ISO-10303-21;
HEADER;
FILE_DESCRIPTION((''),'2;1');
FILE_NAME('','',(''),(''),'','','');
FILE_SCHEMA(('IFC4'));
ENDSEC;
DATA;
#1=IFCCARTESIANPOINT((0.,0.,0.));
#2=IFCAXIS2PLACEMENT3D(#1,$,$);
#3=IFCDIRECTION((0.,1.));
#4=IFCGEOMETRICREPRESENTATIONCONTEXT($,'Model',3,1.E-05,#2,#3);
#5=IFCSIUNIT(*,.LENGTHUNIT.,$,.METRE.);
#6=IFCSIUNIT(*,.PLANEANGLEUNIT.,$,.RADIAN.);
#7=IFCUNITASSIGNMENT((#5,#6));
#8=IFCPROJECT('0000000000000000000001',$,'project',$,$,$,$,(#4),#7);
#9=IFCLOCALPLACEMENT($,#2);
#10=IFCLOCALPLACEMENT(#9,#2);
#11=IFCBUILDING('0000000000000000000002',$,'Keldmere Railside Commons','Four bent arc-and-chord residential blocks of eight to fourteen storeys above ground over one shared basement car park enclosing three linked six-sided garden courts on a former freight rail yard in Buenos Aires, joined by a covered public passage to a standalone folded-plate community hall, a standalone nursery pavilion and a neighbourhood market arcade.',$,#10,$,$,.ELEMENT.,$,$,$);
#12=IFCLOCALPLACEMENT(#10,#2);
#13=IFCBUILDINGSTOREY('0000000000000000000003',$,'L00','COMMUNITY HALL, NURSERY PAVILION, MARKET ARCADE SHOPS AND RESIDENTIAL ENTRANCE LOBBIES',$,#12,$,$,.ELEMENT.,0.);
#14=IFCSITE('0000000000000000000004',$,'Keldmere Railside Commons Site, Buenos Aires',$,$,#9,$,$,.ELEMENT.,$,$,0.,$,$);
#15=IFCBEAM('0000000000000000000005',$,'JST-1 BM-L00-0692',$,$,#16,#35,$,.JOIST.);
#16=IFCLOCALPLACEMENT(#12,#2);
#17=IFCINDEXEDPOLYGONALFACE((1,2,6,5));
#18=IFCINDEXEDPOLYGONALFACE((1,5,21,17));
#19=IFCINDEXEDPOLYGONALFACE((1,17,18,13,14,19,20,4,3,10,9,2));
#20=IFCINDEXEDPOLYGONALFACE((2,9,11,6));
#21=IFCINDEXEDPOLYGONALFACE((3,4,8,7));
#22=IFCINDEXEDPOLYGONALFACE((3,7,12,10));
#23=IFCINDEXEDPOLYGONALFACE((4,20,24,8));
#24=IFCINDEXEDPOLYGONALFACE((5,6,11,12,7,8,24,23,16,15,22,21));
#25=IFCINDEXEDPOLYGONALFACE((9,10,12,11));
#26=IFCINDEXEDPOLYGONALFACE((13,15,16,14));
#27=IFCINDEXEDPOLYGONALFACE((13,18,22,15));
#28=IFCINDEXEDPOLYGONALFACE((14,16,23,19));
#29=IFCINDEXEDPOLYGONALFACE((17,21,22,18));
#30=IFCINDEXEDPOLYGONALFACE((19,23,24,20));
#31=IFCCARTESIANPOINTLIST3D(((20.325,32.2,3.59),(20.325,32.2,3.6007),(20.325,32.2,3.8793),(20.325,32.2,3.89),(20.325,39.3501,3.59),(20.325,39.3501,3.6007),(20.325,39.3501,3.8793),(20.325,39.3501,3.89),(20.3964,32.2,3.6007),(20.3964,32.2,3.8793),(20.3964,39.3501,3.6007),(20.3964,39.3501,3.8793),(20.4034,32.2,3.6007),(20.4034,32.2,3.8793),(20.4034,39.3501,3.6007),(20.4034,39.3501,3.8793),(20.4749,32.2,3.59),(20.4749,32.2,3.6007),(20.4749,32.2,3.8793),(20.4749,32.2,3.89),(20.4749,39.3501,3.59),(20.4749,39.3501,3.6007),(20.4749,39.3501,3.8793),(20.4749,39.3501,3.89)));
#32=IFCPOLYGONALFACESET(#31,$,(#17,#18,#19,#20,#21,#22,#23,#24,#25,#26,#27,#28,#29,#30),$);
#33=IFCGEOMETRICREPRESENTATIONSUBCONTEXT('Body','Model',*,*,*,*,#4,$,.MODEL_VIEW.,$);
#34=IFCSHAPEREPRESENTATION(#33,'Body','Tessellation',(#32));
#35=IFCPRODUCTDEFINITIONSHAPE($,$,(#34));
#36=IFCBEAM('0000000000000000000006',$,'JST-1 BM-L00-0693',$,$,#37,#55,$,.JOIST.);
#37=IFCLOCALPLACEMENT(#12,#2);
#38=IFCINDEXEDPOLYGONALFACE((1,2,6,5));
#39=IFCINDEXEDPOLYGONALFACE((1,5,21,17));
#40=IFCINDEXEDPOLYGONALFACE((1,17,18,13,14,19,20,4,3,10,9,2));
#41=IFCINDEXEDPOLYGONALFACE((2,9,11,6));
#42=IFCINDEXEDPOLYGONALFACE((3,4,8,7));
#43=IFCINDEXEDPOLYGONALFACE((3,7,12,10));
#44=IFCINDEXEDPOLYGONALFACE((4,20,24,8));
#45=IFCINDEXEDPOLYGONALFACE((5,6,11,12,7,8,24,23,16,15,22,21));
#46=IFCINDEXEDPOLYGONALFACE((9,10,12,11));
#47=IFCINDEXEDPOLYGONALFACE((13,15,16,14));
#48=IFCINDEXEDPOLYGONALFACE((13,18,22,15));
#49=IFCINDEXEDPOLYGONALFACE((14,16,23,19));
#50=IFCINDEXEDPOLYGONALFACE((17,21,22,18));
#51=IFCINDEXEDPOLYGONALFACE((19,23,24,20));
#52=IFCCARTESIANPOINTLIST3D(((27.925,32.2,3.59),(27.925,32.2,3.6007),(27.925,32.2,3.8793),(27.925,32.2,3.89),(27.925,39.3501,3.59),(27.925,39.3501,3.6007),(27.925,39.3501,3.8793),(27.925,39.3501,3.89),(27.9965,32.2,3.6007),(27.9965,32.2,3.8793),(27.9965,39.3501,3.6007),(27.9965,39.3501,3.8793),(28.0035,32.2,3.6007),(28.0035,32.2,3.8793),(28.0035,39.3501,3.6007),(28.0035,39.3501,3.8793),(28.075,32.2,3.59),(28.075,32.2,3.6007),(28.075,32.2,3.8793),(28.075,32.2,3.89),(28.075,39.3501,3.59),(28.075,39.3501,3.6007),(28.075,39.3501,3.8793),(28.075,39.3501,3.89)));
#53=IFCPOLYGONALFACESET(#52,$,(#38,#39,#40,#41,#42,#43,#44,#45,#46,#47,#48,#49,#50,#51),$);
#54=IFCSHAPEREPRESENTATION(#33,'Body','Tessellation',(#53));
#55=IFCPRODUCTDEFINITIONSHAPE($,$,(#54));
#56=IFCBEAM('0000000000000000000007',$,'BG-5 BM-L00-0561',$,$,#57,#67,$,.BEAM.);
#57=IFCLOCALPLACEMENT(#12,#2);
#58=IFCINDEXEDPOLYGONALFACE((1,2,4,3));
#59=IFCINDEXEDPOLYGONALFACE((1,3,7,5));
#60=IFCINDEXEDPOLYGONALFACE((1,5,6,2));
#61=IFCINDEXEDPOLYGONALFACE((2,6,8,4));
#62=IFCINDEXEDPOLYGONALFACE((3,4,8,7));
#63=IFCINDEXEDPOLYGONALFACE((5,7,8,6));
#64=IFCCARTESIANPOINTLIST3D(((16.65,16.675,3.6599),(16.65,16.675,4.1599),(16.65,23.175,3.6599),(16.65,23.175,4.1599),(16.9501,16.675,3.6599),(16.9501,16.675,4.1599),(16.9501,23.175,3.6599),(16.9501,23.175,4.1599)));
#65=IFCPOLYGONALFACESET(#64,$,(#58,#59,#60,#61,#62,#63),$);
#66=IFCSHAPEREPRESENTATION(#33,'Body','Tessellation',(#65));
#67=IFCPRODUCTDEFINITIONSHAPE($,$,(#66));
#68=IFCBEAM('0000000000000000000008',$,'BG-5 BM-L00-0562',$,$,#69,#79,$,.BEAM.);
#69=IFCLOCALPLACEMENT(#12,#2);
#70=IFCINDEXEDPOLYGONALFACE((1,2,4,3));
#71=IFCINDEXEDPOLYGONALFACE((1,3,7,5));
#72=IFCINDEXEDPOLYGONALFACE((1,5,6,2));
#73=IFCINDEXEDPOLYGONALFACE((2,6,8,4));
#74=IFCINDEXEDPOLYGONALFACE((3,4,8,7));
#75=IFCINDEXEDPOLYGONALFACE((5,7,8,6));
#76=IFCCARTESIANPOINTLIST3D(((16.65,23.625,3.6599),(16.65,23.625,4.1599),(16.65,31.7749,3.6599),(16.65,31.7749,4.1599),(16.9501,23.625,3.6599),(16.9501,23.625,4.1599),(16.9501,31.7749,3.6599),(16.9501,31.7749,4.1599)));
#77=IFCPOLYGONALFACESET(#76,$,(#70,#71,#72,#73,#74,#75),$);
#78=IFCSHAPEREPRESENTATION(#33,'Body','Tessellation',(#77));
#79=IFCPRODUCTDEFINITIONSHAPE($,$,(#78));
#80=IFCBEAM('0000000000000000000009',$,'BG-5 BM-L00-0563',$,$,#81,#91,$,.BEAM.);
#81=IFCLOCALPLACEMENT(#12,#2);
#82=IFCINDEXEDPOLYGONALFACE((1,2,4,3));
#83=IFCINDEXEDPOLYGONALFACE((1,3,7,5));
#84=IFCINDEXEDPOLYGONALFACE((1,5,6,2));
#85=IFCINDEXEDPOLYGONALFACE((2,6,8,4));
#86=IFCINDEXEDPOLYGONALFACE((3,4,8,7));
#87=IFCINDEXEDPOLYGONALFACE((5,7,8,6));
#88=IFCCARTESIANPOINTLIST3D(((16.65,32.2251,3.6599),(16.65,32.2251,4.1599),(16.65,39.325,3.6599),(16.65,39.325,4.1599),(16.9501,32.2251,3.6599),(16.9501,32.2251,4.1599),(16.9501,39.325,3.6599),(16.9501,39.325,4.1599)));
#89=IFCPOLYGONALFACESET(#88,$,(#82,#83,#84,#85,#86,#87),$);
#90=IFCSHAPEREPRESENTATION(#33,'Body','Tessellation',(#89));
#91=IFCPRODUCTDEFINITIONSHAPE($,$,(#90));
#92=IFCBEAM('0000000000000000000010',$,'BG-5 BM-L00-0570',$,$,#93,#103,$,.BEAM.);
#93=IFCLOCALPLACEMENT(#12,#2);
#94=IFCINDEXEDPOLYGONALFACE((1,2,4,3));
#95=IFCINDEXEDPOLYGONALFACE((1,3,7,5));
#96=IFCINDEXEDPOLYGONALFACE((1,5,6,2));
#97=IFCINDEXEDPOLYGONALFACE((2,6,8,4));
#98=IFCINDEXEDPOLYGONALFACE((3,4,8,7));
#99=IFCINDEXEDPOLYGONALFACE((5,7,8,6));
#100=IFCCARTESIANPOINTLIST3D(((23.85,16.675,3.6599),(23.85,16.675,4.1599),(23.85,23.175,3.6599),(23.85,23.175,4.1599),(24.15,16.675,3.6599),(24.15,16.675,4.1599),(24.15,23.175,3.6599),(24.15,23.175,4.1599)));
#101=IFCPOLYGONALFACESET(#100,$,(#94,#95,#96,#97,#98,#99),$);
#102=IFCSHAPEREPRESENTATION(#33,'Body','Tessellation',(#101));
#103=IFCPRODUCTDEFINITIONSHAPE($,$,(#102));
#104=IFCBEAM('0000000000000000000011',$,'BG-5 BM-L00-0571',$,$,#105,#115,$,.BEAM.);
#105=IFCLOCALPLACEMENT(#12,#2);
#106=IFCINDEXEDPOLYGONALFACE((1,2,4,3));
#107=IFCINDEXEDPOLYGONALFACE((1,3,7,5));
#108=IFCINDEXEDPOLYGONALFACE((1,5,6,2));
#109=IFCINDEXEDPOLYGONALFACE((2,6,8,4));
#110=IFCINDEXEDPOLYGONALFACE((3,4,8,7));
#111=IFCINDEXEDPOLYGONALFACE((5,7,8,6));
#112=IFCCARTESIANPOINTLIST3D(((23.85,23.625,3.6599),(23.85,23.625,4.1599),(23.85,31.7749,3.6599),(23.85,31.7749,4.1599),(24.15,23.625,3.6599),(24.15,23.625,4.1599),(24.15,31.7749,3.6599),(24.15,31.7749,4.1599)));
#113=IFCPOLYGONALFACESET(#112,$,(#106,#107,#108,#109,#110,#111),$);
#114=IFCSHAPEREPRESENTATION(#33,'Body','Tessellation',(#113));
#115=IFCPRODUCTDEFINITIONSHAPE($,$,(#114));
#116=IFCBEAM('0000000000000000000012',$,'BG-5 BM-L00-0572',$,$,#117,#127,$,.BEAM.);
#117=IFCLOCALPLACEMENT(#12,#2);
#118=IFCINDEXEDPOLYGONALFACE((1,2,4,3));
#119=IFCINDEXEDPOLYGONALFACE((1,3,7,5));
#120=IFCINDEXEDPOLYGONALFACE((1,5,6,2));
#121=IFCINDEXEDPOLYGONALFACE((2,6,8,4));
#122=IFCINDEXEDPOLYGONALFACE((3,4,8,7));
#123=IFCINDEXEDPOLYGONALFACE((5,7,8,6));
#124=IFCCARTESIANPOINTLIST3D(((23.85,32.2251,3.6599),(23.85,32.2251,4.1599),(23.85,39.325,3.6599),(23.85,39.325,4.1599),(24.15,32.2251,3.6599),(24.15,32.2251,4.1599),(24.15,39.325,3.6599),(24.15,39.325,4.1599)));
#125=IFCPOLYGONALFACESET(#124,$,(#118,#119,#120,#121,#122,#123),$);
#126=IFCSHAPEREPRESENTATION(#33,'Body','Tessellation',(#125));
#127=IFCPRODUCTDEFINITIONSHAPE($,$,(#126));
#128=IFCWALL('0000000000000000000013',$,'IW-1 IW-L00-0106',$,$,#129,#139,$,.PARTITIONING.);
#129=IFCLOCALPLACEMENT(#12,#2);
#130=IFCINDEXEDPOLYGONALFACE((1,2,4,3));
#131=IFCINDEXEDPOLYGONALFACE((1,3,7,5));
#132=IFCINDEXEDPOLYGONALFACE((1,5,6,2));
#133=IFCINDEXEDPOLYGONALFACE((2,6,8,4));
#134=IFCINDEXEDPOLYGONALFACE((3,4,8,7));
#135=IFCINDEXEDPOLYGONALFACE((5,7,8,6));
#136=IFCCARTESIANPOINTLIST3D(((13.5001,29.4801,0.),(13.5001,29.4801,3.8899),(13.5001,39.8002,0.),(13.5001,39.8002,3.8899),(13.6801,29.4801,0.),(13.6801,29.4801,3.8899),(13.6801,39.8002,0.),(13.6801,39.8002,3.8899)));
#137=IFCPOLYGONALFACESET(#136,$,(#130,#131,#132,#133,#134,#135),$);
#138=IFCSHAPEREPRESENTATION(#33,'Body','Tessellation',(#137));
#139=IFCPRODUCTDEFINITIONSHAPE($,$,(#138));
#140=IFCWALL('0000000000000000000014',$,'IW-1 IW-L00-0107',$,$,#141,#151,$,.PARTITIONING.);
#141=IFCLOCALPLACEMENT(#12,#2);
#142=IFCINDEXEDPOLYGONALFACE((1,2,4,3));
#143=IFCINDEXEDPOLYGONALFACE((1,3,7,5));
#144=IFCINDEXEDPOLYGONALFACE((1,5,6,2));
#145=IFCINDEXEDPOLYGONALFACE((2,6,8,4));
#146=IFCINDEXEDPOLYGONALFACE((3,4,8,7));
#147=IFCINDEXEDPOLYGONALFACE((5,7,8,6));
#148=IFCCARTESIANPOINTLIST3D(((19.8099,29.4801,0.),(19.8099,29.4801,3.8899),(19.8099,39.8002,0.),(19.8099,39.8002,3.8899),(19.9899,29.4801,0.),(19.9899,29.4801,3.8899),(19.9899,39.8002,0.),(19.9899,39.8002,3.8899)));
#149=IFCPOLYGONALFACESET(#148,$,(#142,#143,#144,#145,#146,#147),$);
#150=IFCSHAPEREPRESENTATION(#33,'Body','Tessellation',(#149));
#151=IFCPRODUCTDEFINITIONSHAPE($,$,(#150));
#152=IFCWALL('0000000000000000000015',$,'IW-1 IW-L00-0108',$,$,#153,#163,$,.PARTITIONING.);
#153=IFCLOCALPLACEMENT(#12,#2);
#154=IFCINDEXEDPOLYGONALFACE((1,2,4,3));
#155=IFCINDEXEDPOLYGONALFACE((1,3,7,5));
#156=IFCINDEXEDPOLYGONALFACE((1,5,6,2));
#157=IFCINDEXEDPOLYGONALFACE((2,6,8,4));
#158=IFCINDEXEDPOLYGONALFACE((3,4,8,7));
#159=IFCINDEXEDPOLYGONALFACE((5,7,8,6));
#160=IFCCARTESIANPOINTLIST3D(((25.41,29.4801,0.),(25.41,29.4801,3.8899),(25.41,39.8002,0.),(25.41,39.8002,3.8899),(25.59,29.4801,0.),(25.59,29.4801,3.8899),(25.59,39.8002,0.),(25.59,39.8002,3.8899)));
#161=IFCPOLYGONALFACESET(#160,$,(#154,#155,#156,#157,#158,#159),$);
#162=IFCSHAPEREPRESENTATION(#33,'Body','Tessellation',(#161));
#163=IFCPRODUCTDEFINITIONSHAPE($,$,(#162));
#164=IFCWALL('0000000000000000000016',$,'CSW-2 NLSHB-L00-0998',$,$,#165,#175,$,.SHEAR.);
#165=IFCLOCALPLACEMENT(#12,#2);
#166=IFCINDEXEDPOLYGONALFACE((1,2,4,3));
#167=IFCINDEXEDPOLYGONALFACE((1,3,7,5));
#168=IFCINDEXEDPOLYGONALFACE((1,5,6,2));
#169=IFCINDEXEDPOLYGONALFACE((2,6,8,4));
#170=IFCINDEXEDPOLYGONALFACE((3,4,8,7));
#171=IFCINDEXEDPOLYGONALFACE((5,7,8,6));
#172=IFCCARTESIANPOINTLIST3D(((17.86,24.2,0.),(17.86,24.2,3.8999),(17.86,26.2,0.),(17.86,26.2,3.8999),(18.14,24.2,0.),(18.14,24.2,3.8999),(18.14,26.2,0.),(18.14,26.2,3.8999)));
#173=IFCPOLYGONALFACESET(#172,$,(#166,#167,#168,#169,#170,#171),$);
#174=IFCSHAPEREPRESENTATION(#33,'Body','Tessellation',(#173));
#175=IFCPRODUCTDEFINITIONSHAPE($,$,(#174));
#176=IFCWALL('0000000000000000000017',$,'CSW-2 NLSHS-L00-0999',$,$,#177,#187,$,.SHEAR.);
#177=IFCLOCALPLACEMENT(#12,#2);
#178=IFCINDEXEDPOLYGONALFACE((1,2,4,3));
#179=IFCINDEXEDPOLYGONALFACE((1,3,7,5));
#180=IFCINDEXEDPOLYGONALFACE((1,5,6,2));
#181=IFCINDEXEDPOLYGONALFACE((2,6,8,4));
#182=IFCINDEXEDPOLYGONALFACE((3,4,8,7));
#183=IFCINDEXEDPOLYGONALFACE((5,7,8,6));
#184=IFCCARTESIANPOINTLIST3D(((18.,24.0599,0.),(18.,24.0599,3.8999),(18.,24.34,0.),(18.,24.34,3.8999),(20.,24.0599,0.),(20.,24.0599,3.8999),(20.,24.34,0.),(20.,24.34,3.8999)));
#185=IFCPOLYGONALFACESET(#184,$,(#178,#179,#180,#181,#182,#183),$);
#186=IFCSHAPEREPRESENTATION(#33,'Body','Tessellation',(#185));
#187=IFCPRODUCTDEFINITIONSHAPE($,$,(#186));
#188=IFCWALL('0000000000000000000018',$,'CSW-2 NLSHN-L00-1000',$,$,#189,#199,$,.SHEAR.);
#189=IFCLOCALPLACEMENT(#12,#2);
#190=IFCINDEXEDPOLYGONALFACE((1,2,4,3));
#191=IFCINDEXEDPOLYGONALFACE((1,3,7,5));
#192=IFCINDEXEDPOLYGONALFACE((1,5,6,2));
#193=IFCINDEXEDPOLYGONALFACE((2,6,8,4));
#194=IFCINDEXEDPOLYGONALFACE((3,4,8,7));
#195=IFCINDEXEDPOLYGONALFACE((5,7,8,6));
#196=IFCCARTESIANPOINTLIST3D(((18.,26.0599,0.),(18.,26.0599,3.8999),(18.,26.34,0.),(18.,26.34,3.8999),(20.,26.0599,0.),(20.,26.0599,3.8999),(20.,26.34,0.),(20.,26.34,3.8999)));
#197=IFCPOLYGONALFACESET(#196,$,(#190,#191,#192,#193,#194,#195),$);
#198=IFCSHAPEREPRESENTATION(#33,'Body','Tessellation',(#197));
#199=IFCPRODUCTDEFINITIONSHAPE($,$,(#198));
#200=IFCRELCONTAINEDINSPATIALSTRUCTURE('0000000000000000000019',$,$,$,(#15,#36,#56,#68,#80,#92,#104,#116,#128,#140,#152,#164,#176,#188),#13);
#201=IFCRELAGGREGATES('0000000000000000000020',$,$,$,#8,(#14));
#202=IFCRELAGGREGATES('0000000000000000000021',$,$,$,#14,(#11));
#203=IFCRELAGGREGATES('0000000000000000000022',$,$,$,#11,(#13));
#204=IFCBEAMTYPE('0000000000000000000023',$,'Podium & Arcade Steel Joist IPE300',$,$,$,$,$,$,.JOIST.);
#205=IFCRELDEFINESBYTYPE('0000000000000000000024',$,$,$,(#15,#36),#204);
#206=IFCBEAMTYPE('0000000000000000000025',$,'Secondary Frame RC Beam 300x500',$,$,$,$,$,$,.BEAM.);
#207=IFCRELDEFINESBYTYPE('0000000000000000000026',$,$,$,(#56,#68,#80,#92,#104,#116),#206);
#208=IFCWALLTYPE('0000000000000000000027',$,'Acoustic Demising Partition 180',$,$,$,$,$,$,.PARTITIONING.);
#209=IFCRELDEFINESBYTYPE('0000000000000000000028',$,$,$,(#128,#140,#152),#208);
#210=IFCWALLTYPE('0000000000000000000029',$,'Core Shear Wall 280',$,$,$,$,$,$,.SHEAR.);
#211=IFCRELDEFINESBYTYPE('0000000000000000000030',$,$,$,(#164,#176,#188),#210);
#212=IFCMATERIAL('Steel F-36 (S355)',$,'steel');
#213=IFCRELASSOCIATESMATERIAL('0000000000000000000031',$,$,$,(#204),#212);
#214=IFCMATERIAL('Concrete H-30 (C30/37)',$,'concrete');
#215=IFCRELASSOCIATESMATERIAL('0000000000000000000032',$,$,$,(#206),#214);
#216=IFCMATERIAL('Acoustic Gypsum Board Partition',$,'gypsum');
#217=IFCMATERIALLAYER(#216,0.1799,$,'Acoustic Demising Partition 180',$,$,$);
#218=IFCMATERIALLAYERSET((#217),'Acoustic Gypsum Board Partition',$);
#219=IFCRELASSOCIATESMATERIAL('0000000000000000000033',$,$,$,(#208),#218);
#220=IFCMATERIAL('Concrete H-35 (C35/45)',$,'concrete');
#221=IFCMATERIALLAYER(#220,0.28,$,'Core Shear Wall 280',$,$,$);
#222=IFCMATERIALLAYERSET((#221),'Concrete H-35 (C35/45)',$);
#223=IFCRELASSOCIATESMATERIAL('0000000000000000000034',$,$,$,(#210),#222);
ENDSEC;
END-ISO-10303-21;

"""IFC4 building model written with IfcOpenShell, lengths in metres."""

from ifc_helpers import new_model, si_unit, direction, frame, frame_2d, origin, origin_2d, place, context, subcontext, project, spatial, rectangle, i_section, extrude, material, layer, layer_set, material_profile, profile_set, type_object, element, save


model = new_model("IFC4")

# Units and contexts
model_context = context("Model", 3, precision=1e-05, world=origin(), true_north=direction((0.0, 1.0)))
body_context = subcontext(model_context, "Body", "Model", "MODEL_VIEW")
ifc_project = project(units=[si_unit("LENGTHUNIT", "METRE"), si_unit("PLANEANGLEUNIT", "RADIAN")], contexts=[model_context])

# Site, building, storey
site_placement = place(None, origin())
site = spatial("IfcSite", under=ifc_project, at=site_placement, Name="Keldmere Railside Commons Site, Buenos Aires", CompositionType="ELEMENT", RefElevation=0.0)
building_placement = place(site_placement, origin())
building = spatial("IfcBuilding", under=site, at=building_placement, Name="Keldmere Railside Commons", Description="Four bent arc-and-chord residential blocks of eight to fourteen storeys above ground over one shared basement car park enclosing three linked six-sided garden courts on a former freight rail yard in Buenos Aires, joined by a covered public passage to a standalone folded-plate community hall, a standalone nursery pavilion and a neighbourhood market arcade.", CompositionType="ELEMENT")
storey_placement = place(building_placement, origin())
storey = spatial("IfcBuildingStorey", under=building, at=storey_placement, Name="L00", Description="COMMUNITY HALL, NURSERY PAVILION, MARKET ARCADE SHOPS AND RESIDENTIAL ENTRANCE LOBBIES", CompositionType="ELEMENT", Elevation=0.0)

# Shared definitions
ifc_material_1 = material(Name="Concrete H-35 (C35/45)", Category="concrete")

# Beams
ifc_material_2 = material(Name="Steel F-36 (S355)", Category="steel")
ifc_material_profile_1 = material_profile(ifc_material_2, i_section(OverallWidth=0.1499, OverallDepth=0.3, WebThickness=0.0071, FlangeThickness=0.0107, at=origin_2d()), Name="IPE-300")
ifc_profile_set_1 = profile_set([ifc_material_profile_1], Name="Steel F-36 (S355)")
beam_type_1 = type_object("IfcBeamType", Name="Podium & Arcade Steel Joist IPE300", PredefinedType="JOIST", material=ifc_profile_set_1)
for number, where, z_axis, x_axis, name in (
    (1, (20.3999, 32.2, 3.74), (0.0, 1.0, 0.0), (-1.0, 0.0, 0.0), "JST-1 BM-L00-0692"),
    (2, (28.0, 32.2, 3.74), (0.0, 1.0, 0.0), (-1.0, 0.0, 0.0), "JST-1 BM-L00-0693"),
):
    element("IfcBeam", number, at=place(storey_placement, frame(where, z_axis=z_axis, x_axis=x_axis)), inside=storey, type_object=beam_type_1, Name=name, PredefinedType="JOIST", context=body_context, shape_type="SweptSolid", body=[
        extrude(i_section(OverallWidth=0.1499, OverallDepth=0.3, WebThickness=0.0071, FlangeThickness=0.0107, at=origin_2d()), origin(), (0.0, 0.0, 1.0), 7.1501),
    ])
ifc_material_3 = material(Name="Concrete H-30 (C30/37)", Category="concrete")
ifc_material_profile_2 = material_profile(ifc_material_3, rectangle(XDim=0.3, YDim=0.5, at=origin_2d()), Name="RC-300x500")
ifc_profile_set_2 = profile_set([ifc_material_profile_2], Name="Concrete H-30 (C30/37)")
beam_type_2 = type_object("IfcBeamType", Name="Secondary Frame RC Beam 300x500", PredefinedType="BEAM", material=ifc_profile_set_2)
beam_1_placement = place(storey_placement, frame((16.8, 16.675, 3.9099), z_axis=(0.0, 1.0, 0.0), x_axis=(-1.0, 0.0, 0.0)))
element("IfcBeam", 3, at=beam_1_placement, inside=storey, type_object=beam_type_2, Name="BG-5 BM-L00-0561", PredefinedType="BEAM", context=body_context, shape_type="SweptSolid", body=[
    extrude(rectangle(XDim=0.3, YDim=0.5, at=origin_2d()), origin(), (0.0, 0.0, 1.0), 6.5),
])
beam_2_placement = place(storey_placement, frame((16.8, 23.625, 3.9099), z_axis=(0.0, 1.0, 0.0), x_axis=(-1.0, 0.0, 0.0)))
element("IfcBeam", 4, at=beam_2_placement, inside=storey, type_object=beam_type_2, Name="BG-5 BM-L00-0562", PredefinedType="BEAM", context=body_context, shape_type="SweptSolid", body=[
    extrude(rectangle(XDim=0.3, YDim=0.5, at=origin_2d()), origin(), (0.0, 0.0, 1.0), 8.1499),
])
beam_3_placement = place(storey_placement, frame((16.8, 32.2251, 3.9099), z_axis=(0.0, 1.0, 0.0), x_axis=(-1.0, 0.0, 0.0)))
element("IfcBeam", 5, at=beam_3_placement, inside=storey, type_object=beam_type_2, Name="BG-5 BM-L00-0563", PredefinedType="BEAM", context=body_context, shape_type="SweptSolid", body=[
    extrude(rectangle(XDim=0.3, YDim=0.5, at=origin_2d()), origin(), (0.0, 0.0, 1.0), 7.0999),
])
beam_4_placement = place(storey_placement, frame((24.0, 16.675, 3.9099), z_axis=(0.0, 1.0, 0.0), x_axis=(-1.0, 0.0, 0.0)))
element("IfcBeam", 6, at=beam_4_placement, inside=storey, type_object=beam_type_2, Name="BG-5 BM-L00-0570", PredefinedType="BEAM", context=body_context, shape_type="SweptSolid", body=[
    extrude(rectangle(XDim=0.3, YDim=0.5, at=origin_2d()), origin(), (0.0, 0.0, 1.0), 6.5),
])
beam_5_placement = place(storey_placement, frame((24.0, 23.625, 3.9099), z_axis=(0.0, 1.0, 0.0), x_axis=(-1.0, 0.0, 0.0)))
element("IfcBeam", 7, at=beam_5_placement, inside=storey, type_object=beam_type_2, Name="BG-5 BM-L00-0571", PredefinedType="BEAM", context=body_context, shape_type="SweptSolid", body=[
    extrude(rectangle(XDim=0.3, YDim=0.5, at=origin_2d()), origin(), (0.0, 0.0, 1.0), 8.1499),
])
beam_6_placement = place(storey_placement, frame((24.0, 32.2251, 3.9099), z_axis=(0.0, 1.0, 0.0), x_axis=(-1.0, 0.0, 0.0)))
element("IfcBeam", 8, at=beam_6_placement, inside=storey, type_object=beam_type_2, Name="BG-5 BM-L00-0572", PredefinedType="BEAM", context=body_context, shape_type="SweptSolid", body=[
    extrude(rectangle(XDim=0.3, YDim=0.5, at=origin_2d()), origin(), (0.0, 0.0, 1.0), 7.0999),
])

# Walls
ifc_material_4 = material(Name="Acoustic Gypsum Board Partition", Category="gypsum")
ifc_layer_1 = layer(ifc_material_4, 0.1799, Name="Acoustic Demising Partition 180")
ifc_layer_set_1 = layer_set([ifc_layer_1], Name="Acoustic Gypsum Board Partition")
wall_type_1 = type_object("IfcWallType", Name="Acoustic Demising Partition 180", PredefinedType="PARTITIONING", material=ifc_layer_set_1)
for number, where, z_axis, x_axis, name in (
    (9, (13.5901, 29.48, 0.0), (0.0, 0.0, 1.0), (0.0, 1.0, 0.0), "IW-1 IW-L00-0106"),
    (10, (19.8999, 29.48, 0.0), (0.0, 0.0, 1.0), (0.0, 1.0, 0.0), "IW-1 IW-L00-0107"),
    (11, (25.5, 29.48, 0.0), (0.0, 0.0, 1.0), (0.0, 1.0, 0.0), "IW-1 IW-L00-0108"),
):
    element("IfcWall", number, at=place(storey_placement, frame(where, z_axis=z_axis, x_axis=x_axis)), inside=storey, type_object=wall_type_1, Name=name, PredefinedType="PARTITIONING", context=body_context, shape_type="SweptSolid", body=[
        extrude(rectangle(XDim=10.3201, YDim=0.1799, at=frame_2d((5.1602, 0.0))), origin(), (0.0, 0.0, 1.0), 3.8899),
    ])

# Shared definitions
ifc_layer_2 = layer(ifc_material_1, 0.28, Name="Core Shear Wall 280")
ifc_layer_set_2 = layer_set([ifc_layer_2], Name="Concrete H-35 (C35/45)")
wall_type_2 = type_object("IfcWallType", Name="Core Shear Wall 280", PredefinedType="SHEAR", material=ifc_layer_set_2)

# Walls
for number, where, z_axis, x_axis, name in (
    (12, (18.0, 24.2, 0.0), (0.0, 0.0, 1.0), (0.0, 1.0, 0.0), "CSW-2 NLSHB-L00-0998"),
    (13, (18.0, 24.2, 0.0), (0.0, 0.0, 1.0), (1.0, 0.0, 0.0), "CSW-2 NLSHS-L00-0999"),
    (14, (18.0, 26.2, 0.0), (0.0, 0.0, 1.0), (1.0, 0.0, 0.0), "CSW-2 NLSHN-L00-1000"),
):
    element("IfcWall", number, at=place(storey_placement, frame(where, z_axis=z_axis, x_axis=x_axis)), inside=storey, type_object=wall_type_2, Name=name, PredefinedType="SHEAR", context=body_context, shape_type="SweptSolid", body=[
        extrude(rectangle(XDim=2.0, YDim=0.28, at=frame_2d((1.0, 0.0))), origin(), (0.0, 0.0, 1.0), 3.8999),
    ])

save(model, "model.ifc")
